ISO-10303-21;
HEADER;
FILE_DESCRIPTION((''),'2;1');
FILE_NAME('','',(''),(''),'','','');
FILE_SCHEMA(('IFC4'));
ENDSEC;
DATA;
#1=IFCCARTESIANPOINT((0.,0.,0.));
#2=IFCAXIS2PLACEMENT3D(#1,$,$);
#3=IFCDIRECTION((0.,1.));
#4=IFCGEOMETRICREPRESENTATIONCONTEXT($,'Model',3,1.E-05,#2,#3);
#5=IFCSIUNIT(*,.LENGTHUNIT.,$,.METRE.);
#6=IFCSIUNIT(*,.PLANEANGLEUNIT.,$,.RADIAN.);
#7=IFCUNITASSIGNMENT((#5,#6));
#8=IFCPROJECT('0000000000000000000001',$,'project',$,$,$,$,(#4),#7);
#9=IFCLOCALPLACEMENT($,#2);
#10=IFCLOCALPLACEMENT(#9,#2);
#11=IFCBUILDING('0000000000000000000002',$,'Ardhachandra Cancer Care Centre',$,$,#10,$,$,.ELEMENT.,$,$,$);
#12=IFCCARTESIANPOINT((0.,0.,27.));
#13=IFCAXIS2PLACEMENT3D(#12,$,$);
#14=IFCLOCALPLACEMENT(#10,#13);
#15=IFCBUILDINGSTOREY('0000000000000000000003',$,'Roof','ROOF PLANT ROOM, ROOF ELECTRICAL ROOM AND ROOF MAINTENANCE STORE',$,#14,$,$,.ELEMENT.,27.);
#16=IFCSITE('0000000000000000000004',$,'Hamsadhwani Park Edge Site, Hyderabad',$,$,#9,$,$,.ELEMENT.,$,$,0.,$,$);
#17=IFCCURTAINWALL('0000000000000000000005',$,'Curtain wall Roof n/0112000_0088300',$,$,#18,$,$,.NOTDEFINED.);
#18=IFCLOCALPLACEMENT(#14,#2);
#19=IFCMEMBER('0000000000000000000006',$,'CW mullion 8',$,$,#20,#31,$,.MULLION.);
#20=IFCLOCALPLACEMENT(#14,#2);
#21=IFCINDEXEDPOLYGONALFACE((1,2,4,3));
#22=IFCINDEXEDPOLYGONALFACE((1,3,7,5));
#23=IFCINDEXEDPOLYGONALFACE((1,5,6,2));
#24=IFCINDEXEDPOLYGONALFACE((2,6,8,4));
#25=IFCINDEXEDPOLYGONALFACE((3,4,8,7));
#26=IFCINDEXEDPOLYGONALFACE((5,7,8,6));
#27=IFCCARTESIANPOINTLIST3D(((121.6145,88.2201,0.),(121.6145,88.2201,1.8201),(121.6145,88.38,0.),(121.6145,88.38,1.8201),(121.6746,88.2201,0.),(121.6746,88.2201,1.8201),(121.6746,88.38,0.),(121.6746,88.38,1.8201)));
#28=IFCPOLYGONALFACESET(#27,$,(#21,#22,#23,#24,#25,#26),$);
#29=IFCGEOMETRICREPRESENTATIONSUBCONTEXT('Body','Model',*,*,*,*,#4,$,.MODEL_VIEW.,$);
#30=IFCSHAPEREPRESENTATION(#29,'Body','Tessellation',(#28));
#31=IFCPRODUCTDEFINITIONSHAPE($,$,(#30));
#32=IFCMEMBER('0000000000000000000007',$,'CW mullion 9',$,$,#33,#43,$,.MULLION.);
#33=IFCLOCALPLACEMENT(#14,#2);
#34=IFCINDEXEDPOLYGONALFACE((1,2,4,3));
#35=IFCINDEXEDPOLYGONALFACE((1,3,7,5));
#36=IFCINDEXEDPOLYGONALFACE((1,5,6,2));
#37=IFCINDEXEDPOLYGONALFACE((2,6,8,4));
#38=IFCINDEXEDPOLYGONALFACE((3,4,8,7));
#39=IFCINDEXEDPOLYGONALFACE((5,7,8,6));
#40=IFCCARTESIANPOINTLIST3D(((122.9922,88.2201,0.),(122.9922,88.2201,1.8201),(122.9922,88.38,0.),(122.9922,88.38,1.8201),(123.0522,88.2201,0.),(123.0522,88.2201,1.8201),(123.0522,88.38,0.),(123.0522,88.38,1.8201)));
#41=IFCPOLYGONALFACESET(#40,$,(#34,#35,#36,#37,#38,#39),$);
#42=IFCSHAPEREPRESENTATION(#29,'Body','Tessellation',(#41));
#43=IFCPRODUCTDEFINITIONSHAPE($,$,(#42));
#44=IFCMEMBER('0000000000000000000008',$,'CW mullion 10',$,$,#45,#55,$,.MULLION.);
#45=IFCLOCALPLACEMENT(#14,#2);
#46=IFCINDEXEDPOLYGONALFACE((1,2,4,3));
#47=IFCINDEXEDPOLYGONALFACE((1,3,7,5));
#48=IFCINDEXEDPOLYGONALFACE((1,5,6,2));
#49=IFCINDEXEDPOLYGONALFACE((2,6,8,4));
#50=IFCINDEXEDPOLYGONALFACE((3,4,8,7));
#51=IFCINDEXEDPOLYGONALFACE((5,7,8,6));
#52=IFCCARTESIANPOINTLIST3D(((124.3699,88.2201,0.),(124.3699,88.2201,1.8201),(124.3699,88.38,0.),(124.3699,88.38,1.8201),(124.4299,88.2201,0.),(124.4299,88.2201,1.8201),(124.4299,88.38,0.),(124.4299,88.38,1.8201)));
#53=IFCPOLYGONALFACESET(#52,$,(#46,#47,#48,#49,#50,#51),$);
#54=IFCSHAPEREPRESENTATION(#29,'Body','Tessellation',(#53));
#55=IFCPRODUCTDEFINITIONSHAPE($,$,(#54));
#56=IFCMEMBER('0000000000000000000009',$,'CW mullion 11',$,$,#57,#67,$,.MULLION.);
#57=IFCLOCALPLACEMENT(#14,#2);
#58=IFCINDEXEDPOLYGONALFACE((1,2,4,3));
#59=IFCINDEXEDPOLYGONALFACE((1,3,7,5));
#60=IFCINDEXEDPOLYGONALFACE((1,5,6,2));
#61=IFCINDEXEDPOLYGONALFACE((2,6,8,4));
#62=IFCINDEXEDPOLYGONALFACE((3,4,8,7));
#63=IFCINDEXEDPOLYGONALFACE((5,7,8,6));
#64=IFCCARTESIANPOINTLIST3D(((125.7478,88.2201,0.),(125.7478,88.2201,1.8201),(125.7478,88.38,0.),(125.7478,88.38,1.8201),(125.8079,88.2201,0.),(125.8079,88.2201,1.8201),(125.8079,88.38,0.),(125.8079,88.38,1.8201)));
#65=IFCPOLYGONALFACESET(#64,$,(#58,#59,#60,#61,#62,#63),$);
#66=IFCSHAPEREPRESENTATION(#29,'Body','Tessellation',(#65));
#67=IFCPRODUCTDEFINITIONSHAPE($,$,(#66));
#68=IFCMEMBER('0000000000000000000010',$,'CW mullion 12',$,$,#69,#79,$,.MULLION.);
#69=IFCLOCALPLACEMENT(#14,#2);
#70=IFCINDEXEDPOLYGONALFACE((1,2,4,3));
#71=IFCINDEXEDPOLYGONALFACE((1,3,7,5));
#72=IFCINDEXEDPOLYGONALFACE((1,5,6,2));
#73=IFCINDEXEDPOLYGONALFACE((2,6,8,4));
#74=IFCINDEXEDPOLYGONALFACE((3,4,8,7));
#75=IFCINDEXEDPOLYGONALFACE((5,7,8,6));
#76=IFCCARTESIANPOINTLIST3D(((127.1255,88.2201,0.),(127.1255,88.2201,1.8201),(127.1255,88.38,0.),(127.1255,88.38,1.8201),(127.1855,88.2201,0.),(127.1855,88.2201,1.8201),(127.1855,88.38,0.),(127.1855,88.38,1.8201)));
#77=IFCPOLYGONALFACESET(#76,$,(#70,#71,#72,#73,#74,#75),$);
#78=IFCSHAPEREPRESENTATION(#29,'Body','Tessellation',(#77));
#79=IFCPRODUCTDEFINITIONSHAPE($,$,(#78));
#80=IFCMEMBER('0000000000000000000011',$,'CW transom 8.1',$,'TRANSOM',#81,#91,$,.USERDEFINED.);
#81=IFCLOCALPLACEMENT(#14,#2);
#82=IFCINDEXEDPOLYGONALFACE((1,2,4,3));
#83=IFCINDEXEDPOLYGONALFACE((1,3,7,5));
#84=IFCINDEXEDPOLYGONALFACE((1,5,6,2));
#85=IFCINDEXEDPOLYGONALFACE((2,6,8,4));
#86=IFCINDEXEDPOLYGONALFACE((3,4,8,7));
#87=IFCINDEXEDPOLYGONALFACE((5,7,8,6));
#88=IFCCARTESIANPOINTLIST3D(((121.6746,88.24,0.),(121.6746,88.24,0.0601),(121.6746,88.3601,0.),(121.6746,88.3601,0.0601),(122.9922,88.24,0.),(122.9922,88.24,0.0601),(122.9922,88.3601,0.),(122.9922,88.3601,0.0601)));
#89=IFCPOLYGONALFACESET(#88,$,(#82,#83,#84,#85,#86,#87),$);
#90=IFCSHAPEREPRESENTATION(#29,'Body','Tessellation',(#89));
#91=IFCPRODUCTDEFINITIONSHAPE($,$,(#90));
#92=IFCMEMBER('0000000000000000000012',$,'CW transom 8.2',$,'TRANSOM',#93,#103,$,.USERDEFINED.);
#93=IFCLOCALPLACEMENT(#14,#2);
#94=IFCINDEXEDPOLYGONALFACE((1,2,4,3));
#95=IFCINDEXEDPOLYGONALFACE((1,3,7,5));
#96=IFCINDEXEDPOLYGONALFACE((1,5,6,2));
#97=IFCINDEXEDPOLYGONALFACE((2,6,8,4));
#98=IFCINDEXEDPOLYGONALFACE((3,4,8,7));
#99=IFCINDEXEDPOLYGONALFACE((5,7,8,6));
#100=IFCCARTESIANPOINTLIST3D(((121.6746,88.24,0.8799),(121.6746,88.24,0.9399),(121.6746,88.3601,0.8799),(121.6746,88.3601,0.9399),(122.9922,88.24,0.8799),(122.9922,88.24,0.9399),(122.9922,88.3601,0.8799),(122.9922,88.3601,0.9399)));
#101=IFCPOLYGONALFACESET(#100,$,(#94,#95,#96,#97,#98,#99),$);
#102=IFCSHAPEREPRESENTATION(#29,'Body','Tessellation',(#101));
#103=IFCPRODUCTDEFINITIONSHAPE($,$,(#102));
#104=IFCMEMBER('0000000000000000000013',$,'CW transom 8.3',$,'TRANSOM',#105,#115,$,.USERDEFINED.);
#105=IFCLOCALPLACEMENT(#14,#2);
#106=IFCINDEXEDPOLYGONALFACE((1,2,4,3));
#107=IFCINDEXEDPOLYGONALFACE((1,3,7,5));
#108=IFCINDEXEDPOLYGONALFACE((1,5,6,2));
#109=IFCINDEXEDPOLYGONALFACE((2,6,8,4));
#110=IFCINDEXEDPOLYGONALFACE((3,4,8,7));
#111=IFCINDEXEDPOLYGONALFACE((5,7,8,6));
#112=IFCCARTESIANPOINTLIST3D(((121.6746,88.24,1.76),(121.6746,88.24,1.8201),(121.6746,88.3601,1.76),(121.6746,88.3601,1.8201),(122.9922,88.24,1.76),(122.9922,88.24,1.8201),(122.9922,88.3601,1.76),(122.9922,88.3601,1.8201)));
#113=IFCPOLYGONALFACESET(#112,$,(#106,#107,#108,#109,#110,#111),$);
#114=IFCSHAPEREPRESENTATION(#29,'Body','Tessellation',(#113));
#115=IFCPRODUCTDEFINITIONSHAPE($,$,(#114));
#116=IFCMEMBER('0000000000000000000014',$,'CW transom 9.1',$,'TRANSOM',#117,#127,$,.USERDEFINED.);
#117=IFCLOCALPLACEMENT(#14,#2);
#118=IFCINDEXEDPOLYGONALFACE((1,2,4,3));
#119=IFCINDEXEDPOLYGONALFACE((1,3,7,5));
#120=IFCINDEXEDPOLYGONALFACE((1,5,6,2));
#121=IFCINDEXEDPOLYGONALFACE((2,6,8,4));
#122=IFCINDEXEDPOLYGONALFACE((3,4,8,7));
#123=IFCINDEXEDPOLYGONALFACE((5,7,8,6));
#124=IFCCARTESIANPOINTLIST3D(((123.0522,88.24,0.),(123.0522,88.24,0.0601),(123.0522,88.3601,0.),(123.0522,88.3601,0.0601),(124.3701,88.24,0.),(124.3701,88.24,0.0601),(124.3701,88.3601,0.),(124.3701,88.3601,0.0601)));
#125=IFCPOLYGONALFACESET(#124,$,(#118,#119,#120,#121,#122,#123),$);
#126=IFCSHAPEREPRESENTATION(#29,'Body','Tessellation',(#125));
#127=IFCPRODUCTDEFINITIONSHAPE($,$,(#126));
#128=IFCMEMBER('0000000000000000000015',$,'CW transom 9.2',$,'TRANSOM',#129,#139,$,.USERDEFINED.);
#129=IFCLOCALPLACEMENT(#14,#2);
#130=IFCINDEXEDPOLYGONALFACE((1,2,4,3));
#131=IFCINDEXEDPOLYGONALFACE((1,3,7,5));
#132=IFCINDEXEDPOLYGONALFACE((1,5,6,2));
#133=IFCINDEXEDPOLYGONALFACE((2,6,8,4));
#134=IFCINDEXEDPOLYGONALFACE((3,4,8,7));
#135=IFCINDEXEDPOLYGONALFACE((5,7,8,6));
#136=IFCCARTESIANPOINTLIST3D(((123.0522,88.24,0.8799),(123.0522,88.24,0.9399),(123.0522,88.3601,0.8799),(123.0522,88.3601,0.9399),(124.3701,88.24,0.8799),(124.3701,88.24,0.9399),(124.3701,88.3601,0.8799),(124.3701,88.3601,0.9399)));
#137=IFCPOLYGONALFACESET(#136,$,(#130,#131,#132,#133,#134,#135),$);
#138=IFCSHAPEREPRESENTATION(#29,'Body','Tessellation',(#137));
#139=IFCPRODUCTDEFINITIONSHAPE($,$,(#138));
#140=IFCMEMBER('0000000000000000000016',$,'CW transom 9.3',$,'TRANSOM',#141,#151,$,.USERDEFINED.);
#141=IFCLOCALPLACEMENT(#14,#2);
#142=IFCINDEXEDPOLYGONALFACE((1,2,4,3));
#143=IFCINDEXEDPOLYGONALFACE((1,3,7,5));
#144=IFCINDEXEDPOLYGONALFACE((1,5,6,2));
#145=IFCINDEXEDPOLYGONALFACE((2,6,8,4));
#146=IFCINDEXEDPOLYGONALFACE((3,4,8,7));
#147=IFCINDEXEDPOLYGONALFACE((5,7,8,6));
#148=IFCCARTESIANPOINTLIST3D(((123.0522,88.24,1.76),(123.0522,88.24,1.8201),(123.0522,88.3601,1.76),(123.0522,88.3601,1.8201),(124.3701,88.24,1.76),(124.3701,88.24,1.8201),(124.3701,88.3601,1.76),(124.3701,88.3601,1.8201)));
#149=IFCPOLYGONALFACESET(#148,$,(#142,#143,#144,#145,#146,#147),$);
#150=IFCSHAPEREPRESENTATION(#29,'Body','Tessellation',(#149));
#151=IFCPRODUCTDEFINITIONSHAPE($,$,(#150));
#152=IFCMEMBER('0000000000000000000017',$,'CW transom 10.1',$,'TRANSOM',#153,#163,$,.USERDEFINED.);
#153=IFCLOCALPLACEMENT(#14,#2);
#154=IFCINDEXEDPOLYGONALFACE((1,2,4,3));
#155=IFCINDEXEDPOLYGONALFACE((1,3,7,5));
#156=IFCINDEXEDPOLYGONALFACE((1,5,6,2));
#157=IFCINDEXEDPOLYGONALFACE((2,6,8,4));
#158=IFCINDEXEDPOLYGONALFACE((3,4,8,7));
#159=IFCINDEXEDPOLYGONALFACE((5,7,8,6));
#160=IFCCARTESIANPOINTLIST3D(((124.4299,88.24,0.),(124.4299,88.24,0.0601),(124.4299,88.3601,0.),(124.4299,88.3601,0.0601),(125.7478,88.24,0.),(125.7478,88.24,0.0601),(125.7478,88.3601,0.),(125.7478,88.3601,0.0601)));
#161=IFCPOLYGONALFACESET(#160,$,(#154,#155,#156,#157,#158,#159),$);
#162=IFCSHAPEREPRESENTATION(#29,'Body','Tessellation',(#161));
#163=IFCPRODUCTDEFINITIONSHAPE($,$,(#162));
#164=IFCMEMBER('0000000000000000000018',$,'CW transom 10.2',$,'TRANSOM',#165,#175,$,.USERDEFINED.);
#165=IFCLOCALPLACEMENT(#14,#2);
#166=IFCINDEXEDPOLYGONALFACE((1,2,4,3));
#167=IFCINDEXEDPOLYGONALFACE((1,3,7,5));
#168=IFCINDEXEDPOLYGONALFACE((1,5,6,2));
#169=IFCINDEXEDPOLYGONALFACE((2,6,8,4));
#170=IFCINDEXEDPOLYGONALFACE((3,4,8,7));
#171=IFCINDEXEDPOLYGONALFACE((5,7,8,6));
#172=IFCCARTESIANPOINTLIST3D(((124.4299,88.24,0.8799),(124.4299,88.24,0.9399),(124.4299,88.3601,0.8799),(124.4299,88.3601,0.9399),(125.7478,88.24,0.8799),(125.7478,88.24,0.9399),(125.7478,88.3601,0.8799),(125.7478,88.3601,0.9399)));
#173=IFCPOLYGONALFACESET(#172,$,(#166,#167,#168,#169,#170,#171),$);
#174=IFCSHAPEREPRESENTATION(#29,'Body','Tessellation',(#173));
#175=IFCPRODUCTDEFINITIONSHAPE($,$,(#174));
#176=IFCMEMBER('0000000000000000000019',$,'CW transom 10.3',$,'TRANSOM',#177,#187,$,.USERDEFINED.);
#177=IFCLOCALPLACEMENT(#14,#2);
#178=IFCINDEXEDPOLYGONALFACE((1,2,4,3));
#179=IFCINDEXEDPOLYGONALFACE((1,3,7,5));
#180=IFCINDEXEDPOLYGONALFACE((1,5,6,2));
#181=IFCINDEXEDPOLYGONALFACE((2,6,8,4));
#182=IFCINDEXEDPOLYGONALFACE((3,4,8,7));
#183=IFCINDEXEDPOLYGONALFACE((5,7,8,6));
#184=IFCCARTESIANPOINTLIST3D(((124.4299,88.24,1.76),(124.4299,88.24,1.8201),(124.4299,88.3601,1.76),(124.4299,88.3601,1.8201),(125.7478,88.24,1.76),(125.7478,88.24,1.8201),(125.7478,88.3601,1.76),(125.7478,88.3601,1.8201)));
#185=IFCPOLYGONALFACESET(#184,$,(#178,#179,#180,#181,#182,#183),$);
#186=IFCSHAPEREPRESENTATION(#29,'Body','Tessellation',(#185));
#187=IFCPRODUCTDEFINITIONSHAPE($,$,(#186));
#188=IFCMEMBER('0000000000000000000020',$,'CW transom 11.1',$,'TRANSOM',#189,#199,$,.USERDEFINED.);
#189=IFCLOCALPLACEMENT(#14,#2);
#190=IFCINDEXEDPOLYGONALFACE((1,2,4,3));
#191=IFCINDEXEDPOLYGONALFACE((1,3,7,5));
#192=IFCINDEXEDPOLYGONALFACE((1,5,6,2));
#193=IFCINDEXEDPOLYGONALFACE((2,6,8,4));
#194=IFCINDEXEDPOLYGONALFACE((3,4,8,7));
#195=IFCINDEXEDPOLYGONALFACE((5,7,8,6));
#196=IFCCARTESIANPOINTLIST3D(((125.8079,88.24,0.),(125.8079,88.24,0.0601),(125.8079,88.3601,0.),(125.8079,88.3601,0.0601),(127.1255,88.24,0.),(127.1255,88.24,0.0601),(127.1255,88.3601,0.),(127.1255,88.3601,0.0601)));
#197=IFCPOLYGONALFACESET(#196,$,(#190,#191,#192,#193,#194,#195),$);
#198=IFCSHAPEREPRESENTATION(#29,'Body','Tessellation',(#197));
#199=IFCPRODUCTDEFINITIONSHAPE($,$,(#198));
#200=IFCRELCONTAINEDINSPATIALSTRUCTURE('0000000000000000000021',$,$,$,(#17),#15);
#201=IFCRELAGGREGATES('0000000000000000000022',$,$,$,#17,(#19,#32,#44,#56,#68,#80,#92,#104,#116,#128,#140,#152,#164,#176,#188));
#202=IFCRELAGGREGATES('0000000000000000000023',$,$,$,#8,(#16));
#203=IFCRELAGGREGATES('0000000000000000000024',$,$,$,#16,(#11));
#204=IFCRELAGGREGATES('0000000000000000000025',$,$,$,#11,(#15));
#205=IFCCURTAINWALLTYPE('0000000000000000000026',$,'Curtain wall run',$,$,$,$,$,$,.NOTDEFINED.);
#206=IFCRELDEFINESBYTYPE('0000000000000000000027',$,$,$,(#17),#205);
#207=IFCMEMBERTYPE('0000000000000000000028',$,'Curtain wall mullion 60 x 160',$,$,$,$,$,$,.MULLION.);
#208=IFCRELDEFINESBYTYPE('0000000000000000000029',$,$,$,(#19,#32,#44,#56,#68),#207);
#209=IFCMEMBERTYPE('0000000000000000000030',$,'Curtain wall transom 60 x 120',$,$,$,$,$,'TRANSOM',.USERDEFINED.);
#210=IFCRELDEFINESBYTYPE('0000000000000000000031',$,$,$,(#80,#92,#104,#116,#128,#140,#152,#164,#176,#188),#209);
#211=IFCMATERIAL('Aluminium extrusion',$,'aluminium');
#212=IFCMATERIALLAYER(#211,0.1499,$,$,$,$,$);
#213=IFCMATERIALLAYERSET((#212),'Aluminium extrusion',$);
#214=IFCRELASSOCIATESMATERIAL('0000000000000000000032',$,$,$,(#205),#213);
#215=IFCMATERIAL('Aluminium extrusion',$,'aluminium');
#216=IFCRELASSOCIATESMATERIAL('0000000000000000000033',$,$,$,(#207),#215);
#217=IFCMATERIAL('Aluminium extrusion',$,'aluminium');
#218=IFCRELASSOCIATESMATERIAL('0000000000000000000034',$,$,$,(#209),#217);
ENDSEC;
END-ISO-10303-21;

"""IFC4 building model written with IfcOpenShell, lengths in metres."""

from ifc_helpers import new_model, si_unit, direction, frame, origin, origin_2d, place, context, subcontext, project, spatial, rectangle, extrude, material, layer, layer_set, material_profile, profile_set, type_object, element, aggregate, save


model = new_model("IFC4")

# Units and contexts
model_context = context("Model", 3, precision=1e-05, world=origin(), true_north=direction((0.0, 1.0)))
body_context = subcontext(model_context, "Body", "Model", "MODEL_VIEW")
ifc_project = project(units=[si_unit("LENGTHUNIT", "METRE"), si_unit("PLANEANGLEUNIT", "RADIAN")], contexts=[model_context])

# Site, building, storey
site_placement = place(None, origin())
site = spatial("IfcSite", under=ifc_project, at=site_placement, Name="Hamsadhwani Park Edge Site, Hyderabad", CompositionType="ELEMENT", RefElevation=0.0)
building_placement = place(site_placement, origin())
building = spatial("IfcBuilding", under=site, at=building_placement, Name="Ardhachandra Cancer Care Centre", CompositionType="ELEMENT")
storey_placement = place(building_placement, frame((0.0, 0.0, 27.0)))
storey = spatial("IfcBuildingStorey", under=building, at=storey_placement, Name="Roof", Description="ROOF PLANT ROOM, ROOF ELECTRICAL ROOM AND ROOF MAINTENANCE STORE", CompositionType="ELEMENT", Elevation=27.0)

# Curtain wall, members
ifc_material_1 = material(Name="Aluminium extrusion", Category="aluminium")
ifc_layer_1 = layer(ifc_material_1, 0.1499)
ifc_layer_set_1 = layer_set([ifc_layer_1], Name="Aluminium extrusion")
curtain_wall_type = type_object("IfcCurtainWallType", Name="Curtain wall run", PredefinedType="NOTDEFINED", material=ifc_layer_set_1)
curtain_wall_placement = place(storey_placement, origin())
curtain_wall = element("IfcCurtainWall", 1, at=curtain_wall_placement, inside=storey, type_object=curtain_wall_type, Name="Curtain wall Roof n/0112000_0088300", PredefinedType="NOTDEFINED")
ifc_material_2 = material(Name="Aluminium extrusion", Category="aluminium")
ifc_material_profile_1 = material_profile(ifc_material_2, rectangle(XDim=0.1599, YDim=0.0601, at=origin_2d()), Name="Curtain wall mullion 60 x 160")
ifc_profile_set_1 = profile_set([ifc_material_profile_1], Name="Aluminium extrusion")
member_type_1 = type_object("IfcMemberType", Name="Curtain wall mullion 60 x 160", PredefinedType="MULLION", material=ifc_profile_set_1)
member_1_placement = place(storey_placement, frame((121.6445, 88.3, 0.0), z_axis=(0.0, 0.0, 1.0), x_axis=(0.0, 1.0, 0.0)))
member_1 = element("IfcMember", 2, at=member_1_placement, type_object=member_type_1, Name="CW mullion 8", PredefinedType="MULLION", context=body_context, shape_type="SweptSolid", body=[
    extrude(rectangle(XDim=0.1599, YDim=0.0601, at=origin_2d()), origin(), (0.0, 0.0, 1.0), 1.8201),
])
member_2_placement = place(storey_placement, frame((123.0222, 88.3, 0.0), z_axis=(0.0, 0.0, 1.0), x_axis=(0.0, 1.0, 0.0)))
member_2 = element("IfcMember", 3, at=member_2_placement, type_object=member_type_1, Name="CW mullion 9", PredefinedType="MULLION", context=body_context, shape_type="SweptSolid", body=[
    extrude(rectangle(XDim=0.1599, YDim=0.0601, at=origin_2d()), origin(), (0.0, 0.0, 1.0), 1.8201),
])
member_3_placement = place(storey_placement, frame((124.3999, 88.3, 0.0), z_axis=(0.0, 0.0, 1.0), x_axis=(0.0, 1.0, 0.0)))
member_3 = element("IfcMember", 4, at=member_3_placement, type_object=member_type_1, Name="CW mullion 10", PredefinedType="MULLION", context=body_context, shape_type="SweptSolid", body=[
    extrude(rectangle(XDim=0.1599, YDim=0.0601, at=origin_2d()), origin(), (0.0, 0.0, 1.0), 1.8201),
])
member_4_placement = place(storey_placement, frame((125.7778, 88.3, 0.0), z_axis=(0.0, 0.0, 1.0), x_axis=(0.0, 1.0, 0.0)))
member_4 = element("IfcMember", 5, at=member_4_placement, type_object=member_type_1, Name="CW mullion 11", PredefinedType="MULLION", context=body_context, shape_type="SweptSolid", body=[
    extrude(rectangle(XDim=0.1599, YDim=0.0601, at=origin_2d()), origin(), (0.0, 0.0, 1.0), 1.8201),
])
member_5_placement = place(storey_placement, frame((127.1555, 88.3, 0.0), z_axis=(0.0, 0.0, 1.0), x_axis=(0.0, 1.0, 0.0)))
member_5 = element("IfcMember", 6, at=member_5_placement, type_object=member_type_1, Name="CW mullion 12", PredefinedType="MULLION", context=body_context, shape_type="SweptSolid", body=[
    extrude(rectangle(XDim=0.1599, YDim=0.0601, at=origin_2d()), origin(), (0.0, 0.0, 1.0), 1.8201),
])
ifc_material_3 = material(Name="Aluminium extrusion", Category="aluminium")
ifc_material_profile_2 = material_profile(ifc_material_3, rectangle(XDim=0.1201, YDim=0.0601, at=origin_2d()), Name="Curtain wall transom 60 x 120")
ifc_profile_set_2 = profile_set([ifc_material_profile_2], Name="Aluminium extrusion")
member_type_2 = type_object("IfcMemberType", Name="Curtain wall transom 60 x 120", ElementType="TRANSOM", PredefinedType="USERDEFINED", material=ifc_profile_set_2)
member_6_placement = place(storey_placement, frame((121.6746, 88.3, 0.03), z_axis=(1.0, 0.0, 0.0), x_axis=(0.0, 1.0, 0.0)))
member_6 = element("IfcMember", 7, at=member_6_placement, type_object=member_type_2, Name="CW transom 8.1", ObjectType="TRANSOM", PredefinedType="USERDEFINED", context=body_context, shape_type="SweptSolid", body=[
    extrude(rectangle(XDim=0.1201, YDim=0.0601, at=origin_2d()), origin(), (0.0, 0.0, 1.0), 1.3176),
])
member_7_placement = place(storey_placement, frame((121.6746, 88.3, 0.9099), z_axis=(1.0, 0.0, 0.0), x_axis=(0.0, 1.0, 0.0)))
member_7 = element("IfcMember", 8, at=member_7_placement, type_object=member_type_2, Name="CW transom 8.2", ObjectType="TRANSOM", PredefinedType="USERDEFINED", context=body_context, shape_type="SweptSolid", body=[
    extrude(rectangle(XDim=0.1201, YDim=0.0601, at=origin_2d()), origin(), (0.0, 0.0, 1.0), 1.3176),
])
member_8_placement = place(storey_placement, frame((121.6746, 88.3, 1.79), z_axis=(1.0, 0.0, 0.0), x_axis=(0.0, 1.0, 0.0)))
member_8 = element("IfcMember", 9, at=member_8_placement, type_object=member_type_2, Name="CW transom 8.3", ObjectType="TRANSOM", PredefinedType="USERDEFINED", context=body_context, shape_type="SweptSolid", body=[
    extrude(rectangle(XDim=0.1201, YDim=0.0601, at=origin_2d()), origin(), (0.0, 0.0, 1.0), 1.3176),
])
member_9_placement = place(storey_placement, frame((123.0522, 88.3, 0.03), z_axis=(1.0, 0.0, 0.0), x_axis=(0.0, 1.0, 0.0)))
member_9 = element("IfcMember", 10, at=member_9_placement, type_object=member_type_2, Name="CW transom 9.1", ObjectType="TRANSOM", PredefinedType="USERDEFINED", context=body_context, shape_type="SweptSolid", body=[
    extrude(rectangle(XDim=0.1201, YDim=0.0601, at=origin_2d()), origin(), (0.0, 0.0, 1.0), 1.3179),
])
member_10_placement = place(storey_placement, frame((123.0522, 88.3, 0.9099), z_axis=(1.0, 0.0, 0.0), x_axis=(0.0, 1.0, 0.0)))
member_10 = element("IfcMember", 11, at=member_10_placement, type_object=member_type_2, Name="CW transom 9.2", ObjectType="TRANSOM", PredefinedType="USERDEFINED", context=body_context, shape_type="SweptSolid", body=[
    extrude(rectangle(XDim=0.1201, YDim=0.0601, at=origin_2d()), origin(), (0.0, 0.0, 1.0), 1.3179),
])
member_11_placement = place(storey_placement, frame((123.0522, 88.3, 1.79), z_axis=(1.0, 0.0, 0.0), x_axis=(0.0, 1.0, 0.0)))
member_11 = element("IfcMember", 12, at=member_11_placement, type_object=member_type_2, Name="CW transom 9.3", ObjectType="TRANSOM", PredefinedType="USERDEFINED", context=body_context, shape_type="SweptSolid", body=[
    extrude(rectangle(XDim=0.1201, YDim=0.0601, at=origin_2d()), origin(), (0.0, 0.0, 1.0), 1.3179),
])
member_12_placement = place(storey_placement, frame((124.4299, 88.3, 0.03), z_axis=(1.0, 0.0, 0.0), x_axis=(0.0, 1.0, 0.0)))
member_12 = element("IfcMember", 13, at=member_12_placement, type_object=member_type_2, Name="CW transom 10.1", ObjectType="TRANSOM", PredefinedType="USERDEFINED", context=body_context, shape_type="SweptSolid", body=[
    extrude(rectangle(XDim=0.1201, YDim=0.0601, at=origin_2d()), origin(), (0.0, 0.0, 1.0), 1.3179),
])
member_13_placement = place(storey_placement, frame((124.4299, 88.3, 0.9099), z_axis=(1.0, 0.0, 0.0), x_axis=(0.0, 1.0, 0.0)))
member_13 = element("IfcMember", 14, at=member_13_placement, type_object=member_type_2, Name="CW transom 10.2", ObjectType="TRANSOM", PredefinedType="USERDEFINED", context=body_context, shape_type="SweptSolid", body=[
    extrude(rectangle(XDim=0.1201, YDim=0.0601, at=origin_2d()), origin(), (0.0, 0.0, 1.0), 1.3179),
])
member_14_placement = place(storey_placement, frame((124.4299, 88.3, 1.79), z_axis=(1.0, 0.0, 0.0), x_axis=(0.0, 1.0, 0.0)))
member_14 = element("IfcMember", 15, at=member_14_placement, type_object=member_type_2, Name="CW transom 10.3", ObjectType="TRANSOM", PredefinedType="USERDEFINED", context=body_context, shape_type="SweptSolid", body=[
    extrude(rectangle(XDim=0.1201, YDim=0.0601, at=origin_2d()), origin(), (0.0, 0.0, 1.0), 1.3179),
])
member_15_placement = place(storey_placement, frame((125.8079, 88.3, 0.03), z_axis=(1.0, 0.0, 0.0), x_axis=(0.0, 1.0, 0.0)))
member_15 = element("IfcMember", 16, at=member_15_placement, type_object=member_type_2, Name="CW transom 11.1", ObjectType="TRANSOM", PredefinedType="USERDEFINED", context=body_context, shape_type="SweptSolid", body=[
    extrude(rectangle(XDim=0.1201, YDim=0.0601, at=origin_2d()), origin(), (0.0, 0.0, 1.0), 1.3176),
])

aggregate(curtain_wall, [member_1, member_2, member_3, member_4, member_5, member_6, member_7, member_8, member_9, member_10, member_11, member_12, member_13, member_14, member_15])

save(model, "model.ifc")
